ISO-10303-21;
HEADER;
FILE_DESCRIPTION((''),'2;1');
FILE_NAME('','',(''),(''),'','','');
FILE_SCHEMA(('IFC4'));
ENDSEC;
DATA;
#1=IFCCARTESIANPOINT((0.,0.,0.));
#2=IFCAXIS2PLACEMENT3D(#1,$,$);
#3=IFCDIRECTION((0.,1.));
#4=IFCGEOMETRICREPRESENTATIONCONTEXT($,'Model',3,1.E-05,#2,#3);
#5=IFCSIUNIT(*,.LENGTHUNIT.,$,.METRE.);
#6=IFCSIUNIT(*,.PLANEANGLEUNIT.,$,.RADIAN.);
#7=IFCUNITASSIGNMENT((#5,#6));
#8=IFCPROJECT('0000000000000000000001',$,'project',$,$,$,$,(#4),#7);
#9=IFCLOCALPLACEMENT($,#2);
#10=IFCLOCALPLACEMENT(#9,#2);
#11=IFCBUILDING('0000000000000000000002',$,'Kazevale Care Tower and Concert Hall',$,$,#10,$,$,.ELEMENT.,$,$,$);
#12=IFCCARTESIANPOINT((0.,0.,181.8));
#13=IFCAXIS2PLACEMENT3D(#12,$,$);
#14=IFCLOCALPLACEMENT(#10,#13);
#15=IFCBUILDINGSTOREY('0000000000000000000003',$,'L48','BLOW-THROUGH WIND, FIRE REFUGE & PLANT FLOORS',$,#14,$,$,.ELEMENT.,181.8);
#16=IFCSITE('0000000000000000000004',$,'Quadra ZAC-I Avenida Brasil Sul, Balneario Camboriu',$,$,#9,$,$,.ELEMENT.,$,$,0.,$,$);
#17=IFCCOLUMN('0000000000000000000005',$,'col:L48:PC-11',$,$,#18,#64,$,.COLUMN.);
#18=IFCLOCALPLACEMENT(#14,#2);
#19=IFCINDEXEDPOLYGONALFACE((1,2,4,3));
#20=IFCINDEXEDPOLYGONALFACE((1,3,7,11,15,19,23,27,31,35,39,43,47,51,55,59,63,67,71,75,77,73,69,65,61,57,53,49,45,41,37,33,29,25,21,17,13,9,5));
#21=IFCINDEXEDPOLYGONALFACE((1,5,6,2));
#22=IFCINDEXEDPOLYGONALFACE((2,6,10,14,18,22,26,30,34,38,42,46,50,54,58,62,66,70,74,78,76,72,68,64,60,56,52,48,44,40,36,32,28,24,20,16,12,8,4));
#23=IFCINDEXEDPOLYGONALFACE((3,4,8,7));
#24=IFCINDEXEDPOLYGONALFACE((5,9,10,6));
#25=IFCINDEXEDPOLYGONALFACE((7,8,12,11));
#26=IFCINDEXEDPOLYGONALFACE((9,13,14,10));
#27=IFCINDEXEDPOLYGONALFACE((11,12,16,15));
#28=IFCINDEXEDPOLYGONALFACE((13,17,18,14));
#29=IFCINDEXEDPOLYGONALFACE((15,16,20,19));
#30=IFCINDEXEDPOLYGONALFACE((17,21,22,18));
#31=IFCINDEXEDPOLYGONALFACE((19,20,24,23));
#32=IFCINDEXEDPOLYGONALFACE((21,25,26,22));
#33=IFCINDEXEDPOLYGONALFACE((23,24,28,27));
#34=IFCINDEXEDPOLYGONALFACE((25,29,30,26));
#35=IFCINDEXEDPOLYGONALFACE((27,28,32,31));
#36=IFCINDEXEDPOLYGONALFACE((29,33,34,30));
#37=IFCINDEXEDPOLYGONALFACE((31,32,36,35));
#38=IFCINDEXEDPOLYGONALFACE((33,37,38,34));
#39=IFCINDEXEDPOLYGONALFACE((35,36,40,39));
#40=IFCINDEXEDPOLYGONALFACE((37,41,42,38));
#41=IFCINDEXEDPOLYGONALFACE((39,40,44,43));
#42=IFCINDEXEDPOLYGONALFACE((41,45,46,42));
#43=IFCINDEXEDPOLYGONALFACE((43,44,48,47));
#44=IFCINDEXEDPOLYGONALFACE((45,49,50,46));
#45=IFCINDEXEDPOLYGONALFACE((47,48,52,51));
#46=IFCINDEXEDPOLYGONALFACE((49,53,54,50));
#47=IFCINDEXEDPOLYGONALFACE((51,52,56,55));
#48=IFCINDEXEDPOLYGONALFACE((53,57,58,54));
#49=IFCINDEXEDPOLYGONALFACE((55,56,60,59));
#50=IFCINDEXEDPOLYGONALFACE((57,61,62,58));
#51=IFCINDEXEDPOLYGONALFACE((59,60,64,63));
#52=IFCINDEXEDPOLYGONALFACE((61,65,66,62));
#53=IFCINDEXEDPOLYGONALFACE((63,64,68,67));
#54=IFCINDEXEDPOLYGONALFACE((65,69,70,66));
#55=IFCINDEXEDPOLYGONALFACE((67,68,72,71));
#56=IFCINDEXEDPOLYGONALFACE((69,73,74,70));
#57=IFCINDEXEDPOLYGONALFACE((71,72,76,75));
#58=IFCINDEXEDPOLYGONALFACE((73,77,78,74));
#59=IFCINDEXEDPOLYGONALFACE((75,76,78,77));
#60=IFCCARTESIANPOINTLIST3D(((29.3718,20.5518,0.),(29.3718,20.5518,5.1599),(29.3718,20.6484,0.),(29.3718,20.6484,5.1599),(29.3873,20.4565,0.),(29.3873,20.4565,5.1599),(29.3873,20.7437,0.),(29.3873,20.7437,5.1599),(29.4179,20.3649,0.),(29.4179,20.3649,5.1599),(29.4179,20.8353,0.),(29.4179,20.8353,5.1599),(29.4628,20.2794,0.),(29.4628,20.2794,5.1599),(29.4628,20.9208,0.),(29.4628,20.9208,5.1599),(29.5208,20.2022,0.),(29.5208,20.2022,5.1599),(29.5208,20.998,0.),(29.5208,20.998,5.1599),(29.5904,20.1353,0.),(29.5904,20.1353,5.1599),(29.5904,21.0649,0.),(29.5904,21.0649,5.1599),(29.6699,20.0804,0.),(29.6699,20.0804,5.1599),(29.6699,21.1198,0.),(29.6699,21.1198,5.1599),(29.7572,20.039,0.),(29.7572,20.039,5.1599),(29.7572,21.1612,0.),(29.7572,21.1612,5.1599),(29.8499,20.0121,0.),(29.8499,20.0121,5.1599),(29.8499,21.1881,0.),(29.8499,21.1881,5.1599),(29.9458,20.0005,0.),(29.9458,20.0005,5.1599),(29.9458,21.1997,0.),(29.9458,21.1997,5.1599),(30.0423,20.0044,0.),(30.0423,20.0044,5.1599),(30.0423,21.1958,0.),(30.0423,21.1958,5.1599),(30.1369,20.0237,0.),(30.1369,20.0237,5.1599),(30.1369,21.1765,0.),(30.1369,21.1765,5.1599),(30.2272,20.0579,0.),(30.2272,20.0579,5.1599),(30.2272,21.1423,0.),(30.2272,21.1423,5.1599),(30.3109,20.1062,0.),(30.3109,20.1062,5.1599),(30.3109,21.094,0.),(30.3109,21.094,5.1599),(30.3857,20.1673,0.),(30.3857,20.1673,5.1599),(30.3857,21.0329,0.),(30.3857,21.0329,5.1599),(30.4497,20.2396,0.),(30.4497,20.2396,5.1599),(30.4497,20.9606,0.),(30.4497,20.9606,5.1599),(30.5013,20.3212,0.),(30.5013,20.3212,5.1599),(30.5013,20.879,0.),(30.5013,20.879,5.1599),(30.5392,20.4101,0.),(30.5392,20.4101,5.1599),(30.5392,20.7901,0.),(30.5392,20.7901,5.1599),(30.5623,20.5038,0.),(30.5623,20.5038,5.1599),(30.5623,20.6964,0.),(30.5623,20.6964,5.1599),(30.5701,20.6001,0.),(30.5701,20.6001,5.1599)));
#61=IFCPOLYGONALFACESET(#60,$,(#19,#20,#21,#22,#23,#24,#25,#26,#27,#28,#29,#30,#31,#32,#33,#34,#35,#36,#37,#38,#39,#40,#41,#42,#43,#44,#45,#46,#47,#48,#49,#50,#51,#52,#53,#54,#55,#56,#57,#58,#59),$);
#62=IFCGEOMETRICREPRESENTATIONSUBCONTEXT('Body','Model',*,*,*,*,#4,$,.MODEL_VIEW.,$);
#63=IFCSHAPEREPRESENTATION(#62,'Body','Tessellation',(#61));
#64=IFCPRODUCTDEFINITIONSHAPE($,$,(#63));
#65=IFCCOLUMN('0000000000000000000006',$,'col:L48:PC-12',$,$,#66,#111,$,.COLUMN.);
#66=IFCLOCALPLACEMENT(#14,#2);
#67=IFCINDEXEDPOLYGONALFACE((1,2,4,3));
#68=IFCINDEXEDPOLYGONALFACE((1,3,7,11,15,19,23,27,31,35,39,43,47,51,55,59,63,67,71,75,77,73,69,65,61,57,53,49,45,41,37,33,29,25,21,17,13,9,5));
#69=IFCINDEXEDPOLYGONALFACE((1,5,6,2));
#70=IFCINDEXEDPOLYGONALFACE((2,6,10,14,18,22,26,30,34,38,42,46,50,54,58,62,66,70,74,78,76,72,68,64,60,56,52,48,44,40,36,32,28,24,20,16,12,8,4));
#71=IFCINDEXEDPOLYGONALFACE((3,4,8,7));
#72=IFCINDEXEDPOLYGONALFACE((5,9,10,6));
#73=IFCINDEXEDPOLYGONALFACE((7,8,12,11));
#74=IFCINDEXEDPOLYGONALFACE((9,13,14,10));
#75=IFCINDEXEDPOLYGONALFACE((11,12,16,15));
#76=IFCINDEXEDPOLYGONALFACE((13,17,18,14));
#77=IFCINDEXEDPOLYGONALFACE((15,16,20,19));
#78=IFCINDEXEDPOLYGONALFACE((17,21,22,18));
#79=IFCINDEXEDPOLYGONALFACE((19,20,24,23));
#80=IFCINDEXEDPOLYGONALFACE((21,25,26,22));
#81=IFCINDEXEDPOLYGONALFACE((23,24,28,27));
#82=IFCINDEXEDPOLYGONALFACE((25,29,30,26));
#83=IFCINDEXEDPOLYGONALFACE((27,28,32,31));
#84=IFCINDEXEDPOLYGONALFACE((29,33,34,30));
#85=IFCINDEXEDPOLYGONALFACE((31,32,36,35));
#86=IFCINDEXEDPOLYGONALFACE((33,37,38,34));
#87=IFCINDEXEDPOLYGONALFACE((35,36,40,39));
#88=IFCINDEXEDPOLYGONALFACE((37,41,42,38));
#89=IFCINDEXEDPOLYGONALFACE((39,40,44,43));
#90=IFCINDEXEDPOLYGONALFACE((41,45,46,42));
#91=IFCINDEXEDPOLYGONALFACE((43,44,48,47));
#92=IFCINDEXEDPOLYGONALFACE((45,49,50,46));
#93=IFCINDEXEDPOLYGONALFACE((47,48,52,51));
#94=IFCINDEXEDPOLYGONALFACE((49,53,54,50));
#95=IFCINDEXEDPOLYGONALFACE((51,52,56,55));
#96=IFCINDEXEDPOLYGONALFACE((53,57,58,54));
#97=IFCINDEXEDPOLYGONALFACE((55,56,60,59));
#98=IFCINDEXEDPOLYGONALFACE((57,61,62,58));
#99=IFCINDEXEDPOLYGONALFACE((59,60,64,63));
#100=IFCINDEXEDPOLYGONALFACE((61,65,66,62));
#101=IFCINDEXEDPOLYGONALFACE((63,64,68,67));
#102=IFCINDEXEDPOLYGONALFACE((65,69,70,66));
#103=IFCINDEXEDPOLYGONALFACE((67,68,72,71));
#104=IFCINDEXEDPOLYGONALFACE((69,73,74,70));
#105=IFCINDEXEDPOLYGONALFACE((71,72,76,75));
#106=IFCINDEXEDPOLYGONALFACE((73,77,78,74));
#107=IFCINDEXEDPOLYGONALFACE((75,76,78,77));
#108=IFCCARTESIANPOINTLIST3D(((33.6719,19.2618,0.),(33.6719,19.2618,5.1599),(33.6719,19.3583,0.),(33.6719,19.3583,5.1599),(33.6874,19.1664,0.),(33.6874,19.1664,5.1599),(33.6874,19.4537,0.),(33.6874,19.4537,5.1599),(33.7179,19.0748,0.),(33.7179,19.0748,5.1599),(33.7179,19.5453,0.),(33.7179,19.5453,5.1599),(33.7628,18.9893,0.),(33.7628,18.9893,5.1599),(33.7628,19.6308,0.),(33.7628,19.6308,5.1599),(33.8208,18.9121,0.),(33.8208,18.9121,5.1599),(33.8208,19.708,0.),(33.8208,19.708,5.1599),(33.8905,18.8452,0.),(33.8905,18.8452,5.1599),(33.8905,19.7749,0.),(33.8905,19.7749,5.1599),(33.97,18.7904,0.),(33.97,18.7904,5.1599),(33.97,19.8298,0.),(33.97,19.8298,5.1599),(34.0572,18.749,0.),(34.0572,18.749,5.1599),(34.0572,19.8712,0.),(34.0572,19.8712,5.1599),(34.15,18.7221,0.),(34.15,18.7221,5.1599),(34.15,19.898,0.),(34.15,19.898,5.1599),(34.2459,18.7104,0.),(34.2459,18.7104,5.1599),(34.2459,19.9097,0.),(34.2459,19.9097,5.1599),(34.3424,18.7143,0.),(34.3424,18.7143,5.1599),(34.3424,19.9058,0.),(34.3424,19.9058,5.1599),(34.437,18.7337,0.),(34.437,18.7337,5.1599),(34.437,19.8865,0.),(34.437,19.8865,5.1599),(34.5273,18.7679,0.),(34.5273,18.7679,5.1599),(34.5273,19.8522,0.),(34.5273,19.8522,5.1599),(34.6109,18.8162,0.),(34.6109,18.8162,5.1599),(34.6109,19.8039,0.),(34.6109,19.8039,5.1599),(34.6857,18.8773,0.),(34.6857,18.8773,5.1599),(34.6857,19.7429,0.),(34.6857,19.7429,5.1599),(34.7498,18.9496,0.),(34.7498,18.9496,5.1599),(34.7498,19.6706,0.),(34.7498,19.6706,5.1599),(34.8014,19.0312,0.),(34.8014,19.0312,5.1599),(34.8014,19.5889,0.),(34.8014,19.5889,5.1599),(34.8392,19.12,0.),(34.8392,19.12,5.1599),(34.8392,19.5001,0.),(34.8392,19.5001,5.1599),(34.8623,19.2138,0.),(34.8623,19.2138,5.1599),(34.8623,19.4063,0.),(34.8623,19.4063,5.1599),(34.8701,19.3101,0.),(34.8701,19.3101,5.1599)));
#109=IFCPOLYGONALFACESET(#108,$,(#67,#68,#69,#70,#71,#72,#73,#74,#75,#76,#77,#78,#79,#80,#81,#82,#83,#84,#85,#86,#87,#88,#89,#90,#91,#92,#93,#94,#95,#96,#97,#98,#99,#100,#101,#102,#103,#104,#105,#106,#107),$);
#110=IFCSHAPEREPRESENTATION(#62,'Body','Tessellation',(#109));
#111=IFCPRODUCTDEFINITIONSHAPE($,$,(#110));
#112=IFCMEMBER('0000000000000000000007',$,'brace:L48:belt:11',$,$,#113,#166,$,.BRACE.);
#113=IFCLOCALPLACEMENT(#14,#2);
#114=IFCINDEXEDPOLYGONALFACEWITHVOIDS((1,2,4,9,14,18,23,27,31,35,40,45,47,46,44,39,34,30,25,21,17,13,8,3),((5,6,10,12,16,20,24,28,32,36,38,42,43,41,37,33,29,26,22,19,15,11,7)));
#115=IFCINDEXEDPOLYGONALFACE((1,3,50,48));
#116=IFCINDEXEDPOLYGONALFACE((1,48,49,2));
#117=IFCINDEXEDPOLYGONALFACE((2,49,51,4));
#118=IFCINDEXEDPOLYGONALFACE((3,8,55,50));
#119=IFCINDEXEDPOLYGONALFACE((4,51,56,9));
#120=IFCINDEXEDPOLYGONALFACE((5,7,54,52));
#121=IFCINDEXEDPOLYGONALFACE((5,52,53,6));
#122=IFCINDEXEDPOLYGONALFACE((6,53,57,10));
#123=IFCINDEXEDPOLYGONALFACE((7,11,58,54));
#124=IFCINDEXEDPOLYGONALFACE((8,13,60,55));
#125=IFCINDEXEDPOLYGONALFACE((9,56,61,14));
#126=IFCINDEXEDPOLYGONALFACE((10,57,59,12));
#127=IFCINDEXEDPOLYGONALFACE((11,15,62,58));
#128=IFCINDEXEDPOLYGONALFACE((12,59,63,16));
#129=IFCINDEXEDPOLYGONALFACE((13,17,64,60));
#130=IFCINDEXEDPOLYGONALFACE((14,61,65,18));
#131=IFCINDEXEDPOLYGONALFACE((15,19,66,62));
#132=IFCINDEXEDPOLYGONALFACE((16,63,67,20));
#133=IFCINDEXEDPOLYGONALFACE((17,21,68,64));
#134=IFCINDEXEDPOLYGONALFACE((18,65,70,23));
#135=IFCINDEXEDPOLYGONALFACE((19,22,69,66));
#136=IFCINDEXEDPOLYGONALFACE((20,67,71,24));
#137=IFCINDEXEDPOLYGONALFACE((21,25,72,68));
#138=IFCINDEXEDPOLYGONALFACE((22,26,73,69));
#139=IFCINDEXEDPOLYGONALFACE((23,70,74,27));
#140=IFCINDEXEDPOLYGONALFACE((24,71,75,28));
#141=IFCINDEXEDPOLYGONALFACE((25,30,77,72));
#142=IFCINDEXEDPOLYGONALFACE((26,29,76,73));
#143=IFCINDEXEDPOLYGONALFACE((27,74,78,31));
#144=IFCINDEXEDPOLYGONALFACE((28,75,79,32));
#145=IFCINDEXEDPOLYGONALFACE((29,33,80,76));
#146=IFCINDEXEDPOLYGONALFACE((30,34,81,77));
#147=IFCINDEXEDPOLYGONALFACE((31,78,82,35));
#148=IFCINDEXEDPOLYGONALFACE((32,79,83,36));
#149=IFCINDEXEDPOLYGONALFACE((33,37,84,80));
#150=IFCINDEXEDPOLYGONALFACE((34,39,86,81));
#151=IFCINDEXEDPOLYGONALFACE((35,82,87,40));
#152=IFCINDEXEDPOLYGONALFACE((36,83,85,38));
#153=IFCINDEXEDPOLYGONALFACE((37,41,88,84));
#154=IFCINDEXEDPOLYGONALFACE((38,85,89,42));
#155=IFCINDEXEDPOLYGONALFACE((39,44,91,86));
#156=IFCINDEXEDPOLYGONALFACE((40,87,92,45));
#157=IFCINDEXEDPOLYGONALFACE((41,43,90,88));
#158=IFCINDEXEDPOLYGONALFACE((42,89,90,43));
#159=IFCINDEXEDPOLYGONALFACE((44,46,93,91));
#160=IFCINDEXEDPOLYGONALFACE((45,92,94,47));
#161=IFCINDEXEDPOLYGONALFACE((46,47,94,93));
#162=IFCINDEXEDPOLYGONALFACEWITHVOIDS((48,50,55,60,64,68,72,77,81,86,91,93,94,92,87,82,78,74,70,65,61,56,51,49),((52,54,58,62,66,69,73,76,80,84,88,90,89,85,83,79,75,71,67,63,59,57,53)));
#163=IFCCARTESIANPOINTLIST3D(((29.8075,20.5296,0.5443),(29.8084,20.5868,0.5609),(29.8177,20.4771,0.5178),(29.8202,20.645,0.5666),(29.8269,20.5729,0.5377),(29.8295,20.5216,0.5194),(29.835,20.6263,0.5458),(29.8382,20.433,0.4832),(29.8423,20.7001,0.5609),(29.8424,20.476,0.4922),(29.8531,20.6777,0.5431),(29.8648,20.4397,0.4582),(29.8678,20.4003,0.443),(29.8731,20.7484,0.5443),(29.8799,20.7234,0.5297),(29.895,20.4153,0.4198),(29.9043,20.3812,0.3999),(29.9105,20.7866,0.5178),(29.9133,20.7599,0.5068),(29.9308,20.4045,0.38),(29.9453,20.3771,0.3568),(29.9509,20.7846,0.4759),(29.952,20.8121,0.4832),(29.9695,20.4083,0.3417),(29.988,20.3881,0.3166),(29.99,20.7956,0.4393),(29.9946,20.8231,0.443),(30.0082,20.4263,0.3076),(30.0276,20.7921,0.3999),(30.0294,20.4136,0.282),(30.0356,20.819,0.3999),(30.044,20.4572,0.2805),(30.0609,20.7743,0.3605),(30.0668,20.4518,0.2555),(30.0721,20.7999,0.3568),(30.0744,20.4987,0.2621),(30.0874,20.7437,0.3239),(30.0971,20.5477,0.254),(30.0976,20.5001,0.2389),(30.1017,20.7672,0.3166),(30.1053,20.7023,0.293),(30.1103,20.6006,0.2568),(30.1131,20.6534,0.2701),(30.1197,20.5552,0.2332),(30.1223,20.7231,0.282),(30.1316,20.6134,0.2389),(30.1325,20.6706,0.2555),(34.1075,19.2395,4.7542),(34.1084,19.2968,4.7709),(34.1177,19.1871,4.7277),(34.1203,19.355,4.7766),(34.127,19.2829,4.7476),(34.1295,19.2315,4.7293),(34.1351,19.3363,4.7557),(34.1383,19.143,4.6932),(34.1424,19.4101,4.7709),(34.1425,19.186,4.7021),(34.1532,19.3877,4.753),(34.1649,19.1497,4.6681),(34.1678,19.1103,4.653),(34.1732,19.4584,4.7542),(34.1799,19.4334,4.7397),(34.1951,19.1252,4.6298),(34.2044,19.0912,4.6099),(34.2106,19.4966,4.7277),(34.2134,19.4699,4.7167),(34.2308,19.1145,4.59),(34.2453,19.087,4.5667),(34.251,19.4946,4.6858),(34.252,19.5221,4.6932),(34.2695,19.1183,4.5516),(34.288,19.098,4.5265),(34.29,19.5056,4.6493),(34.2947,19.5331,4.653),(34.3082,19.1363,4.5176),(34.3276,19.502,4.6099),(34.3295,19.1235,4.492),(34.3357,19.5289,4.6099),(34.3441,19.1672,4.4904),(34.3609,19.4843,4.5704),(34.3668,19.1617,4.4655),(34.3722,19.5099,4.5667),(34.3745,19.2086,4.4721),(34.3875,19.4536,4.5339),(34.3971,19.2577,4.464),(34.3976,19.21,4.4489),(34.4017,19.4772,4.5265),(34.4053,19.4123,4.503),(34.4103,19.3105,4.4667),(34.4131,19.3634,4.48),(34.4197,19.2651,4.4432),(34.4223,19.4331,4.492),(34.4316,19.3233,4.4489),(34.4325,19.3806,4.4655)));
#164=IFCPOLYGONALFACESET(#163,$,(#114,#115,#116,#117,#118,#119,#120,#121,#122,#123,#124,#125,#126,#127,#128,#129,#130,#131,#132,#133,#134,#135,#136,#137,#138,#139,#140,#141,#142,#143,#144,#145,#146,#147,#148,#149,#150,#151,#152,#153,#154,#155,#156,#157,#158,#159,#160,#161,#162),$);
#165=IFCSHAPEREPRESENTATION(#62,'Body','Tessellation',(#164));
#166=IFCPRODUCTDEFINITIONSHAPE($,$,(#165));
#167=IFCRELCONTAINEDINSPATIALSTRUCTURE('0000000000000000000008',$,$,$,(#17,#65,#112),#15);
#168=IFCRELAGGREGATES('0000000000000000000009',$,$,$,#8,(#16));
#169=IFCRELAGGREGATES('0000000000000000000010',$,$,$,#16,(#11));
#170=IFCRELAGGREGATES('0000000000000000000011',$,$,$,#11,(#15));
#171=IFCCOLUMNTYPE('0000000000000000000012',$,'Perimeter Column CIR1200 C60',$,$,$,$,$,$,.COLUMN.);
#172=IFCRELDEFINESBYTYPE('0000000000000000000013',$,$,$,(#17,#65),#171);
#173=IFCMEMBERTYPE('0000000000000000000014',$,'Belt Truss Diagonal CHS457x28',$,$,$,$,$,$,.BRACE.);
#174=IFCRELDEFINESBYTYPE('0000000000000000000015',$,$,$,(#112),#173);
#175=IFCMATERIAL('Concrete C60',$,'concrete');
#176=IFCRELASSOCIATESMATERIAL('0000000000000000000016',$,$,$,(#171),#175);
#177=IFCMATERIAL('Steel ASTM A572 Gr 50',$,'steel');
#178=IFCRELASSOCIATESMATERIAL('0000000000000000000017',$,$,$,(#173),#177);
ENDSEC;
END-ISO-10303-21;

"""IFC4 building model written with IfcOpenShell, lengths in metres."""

from ifc_helpers import new_model, si_unit, direction, frame, origin, origin_2d, place, context, subcontext, project, spatial, circle, hollow_circle, extrude, material, material_profile, profile_set, type_object, element, save


model = new_model("IFC4")

# Units and contexts
model_context = context("Model", 3, precision=1e-05, world=origin(), true_north=direction((0.0, 1.0)))
body_context = subcontext(model_context, "Body", "Model", "MODEL_VIEW")
ifc_project = project(units=[si_unit("LENGTHUNIT", "METRE"), si_unit("PLANEANGLEUNIT", "RADIAN")], contexts=[model_context])

# Site, building, storey
site_placement = place(None, origin())
site = spatial("IfcSite", under=ifc_project, at=site_placement, Name="Quadra ZAC-I Avenida Brasil Sul, Balneario Camboriu", CompositionType="ELEMENT", RefElevation=0.0)
building_placement = place(site_placement, origin())
building = spatial("IfcBuilding", under=site, at=building_placement, Name="Kazevale Care Tower and Concert Hall", CompositionType="ELEMENT")
storey_placement = place(building_placement, frame((0.0, 0.0, 181.8)))
storey = spatial("IfcBuildingStorey", under=building, at=storey_placement, Name="L48", Description="BLOW-THROUGH WIND, FIRE REFUGE & PLANT FLOORS", CompositionType="ELEMENT", Elevation=181.8)

# Columns
ifc_material_1 = material(Name="Concrete C60", Category="concrete")
ifc_material_profile_1 = material_profile(ifc_material_1, circle(Radius=0.6001, at=origin_2d()), Name="RC-CIR1200")
ifc_profile_set_1 = profile_set([ifc_material_profile_1], Name="Concrete C60")
column_type = type_object("IfcColumnType", Name="Perimeter Column CIR1200 C60", PredefinedType="COLUMN", material=ifc_profile_set_1)
for number, where, z_axis, x_axis, name in (
    (1, (29.97, 20.6001, 0.0), (0.0, 0.0, 1.0), (1.0, 0.0, 0.0), "col:L48:PC-11"),
    (2, (34.27, 19.3101, 0.0), (0.0, 0.0, 1.0), (1.0, 0.0, 0.0), "col:L48:PC-12"),
):
    element("IfcColumn", number, at=place(storey_placement, frame(where, z_axis=z_axis, x_axis=x_axis)), inside=storey, type_object=column_type, Name=name, PredefinedType="COLUMN", context=body_context, shape_type="SweptSolid", body=[
        extrude(circle(Radius=0.6001, at=origin_2d()), origin(), (0.0, 0.0, 1.0), 5.1599),
    ])

# Member
ifc_material_2 = material(Name="Steel ASTM A572 Gr 50", Category="steel")
ifc_material_profile_2 = material_profile(ifc_material_2, hollow_circle(Radius=0.2285, WallThickness=0.0281, at=origin_2d()), Name="CHS457x28")
ifc_profile_set_2 = profile_set([ifc_material_profile_2], Name="Steel ASTM A572 Gr 50")
member_type = type_object("IfcMemberType", Name="Belt Truss Diagonal CHS457x28", PredefinedType="BRACE", material=ifc_profile_set_2)
member_1_placement = place(storey_placement, frame((29.97, 20.6001, 0.3999), z_axis=(0.698679, -0.209608, 0.684041), x_axis=(0.287353, 0.957825, 0.0)))
element("IfcMember", 3, at=member_1_placement, inside=storey, type_object=member_type, Name="brace:L48:belt:11", PredefinedType="BRACE", context=body_context, shape_type="SweptSolid", body=[
    extrude(hollow_circle(Radius=0.2285, WallThickness=0.0281, at=origin_2d()), origin(), (0.0, 0.0, 1.0), 6.1545),
])

save(model, "model.ifc")
